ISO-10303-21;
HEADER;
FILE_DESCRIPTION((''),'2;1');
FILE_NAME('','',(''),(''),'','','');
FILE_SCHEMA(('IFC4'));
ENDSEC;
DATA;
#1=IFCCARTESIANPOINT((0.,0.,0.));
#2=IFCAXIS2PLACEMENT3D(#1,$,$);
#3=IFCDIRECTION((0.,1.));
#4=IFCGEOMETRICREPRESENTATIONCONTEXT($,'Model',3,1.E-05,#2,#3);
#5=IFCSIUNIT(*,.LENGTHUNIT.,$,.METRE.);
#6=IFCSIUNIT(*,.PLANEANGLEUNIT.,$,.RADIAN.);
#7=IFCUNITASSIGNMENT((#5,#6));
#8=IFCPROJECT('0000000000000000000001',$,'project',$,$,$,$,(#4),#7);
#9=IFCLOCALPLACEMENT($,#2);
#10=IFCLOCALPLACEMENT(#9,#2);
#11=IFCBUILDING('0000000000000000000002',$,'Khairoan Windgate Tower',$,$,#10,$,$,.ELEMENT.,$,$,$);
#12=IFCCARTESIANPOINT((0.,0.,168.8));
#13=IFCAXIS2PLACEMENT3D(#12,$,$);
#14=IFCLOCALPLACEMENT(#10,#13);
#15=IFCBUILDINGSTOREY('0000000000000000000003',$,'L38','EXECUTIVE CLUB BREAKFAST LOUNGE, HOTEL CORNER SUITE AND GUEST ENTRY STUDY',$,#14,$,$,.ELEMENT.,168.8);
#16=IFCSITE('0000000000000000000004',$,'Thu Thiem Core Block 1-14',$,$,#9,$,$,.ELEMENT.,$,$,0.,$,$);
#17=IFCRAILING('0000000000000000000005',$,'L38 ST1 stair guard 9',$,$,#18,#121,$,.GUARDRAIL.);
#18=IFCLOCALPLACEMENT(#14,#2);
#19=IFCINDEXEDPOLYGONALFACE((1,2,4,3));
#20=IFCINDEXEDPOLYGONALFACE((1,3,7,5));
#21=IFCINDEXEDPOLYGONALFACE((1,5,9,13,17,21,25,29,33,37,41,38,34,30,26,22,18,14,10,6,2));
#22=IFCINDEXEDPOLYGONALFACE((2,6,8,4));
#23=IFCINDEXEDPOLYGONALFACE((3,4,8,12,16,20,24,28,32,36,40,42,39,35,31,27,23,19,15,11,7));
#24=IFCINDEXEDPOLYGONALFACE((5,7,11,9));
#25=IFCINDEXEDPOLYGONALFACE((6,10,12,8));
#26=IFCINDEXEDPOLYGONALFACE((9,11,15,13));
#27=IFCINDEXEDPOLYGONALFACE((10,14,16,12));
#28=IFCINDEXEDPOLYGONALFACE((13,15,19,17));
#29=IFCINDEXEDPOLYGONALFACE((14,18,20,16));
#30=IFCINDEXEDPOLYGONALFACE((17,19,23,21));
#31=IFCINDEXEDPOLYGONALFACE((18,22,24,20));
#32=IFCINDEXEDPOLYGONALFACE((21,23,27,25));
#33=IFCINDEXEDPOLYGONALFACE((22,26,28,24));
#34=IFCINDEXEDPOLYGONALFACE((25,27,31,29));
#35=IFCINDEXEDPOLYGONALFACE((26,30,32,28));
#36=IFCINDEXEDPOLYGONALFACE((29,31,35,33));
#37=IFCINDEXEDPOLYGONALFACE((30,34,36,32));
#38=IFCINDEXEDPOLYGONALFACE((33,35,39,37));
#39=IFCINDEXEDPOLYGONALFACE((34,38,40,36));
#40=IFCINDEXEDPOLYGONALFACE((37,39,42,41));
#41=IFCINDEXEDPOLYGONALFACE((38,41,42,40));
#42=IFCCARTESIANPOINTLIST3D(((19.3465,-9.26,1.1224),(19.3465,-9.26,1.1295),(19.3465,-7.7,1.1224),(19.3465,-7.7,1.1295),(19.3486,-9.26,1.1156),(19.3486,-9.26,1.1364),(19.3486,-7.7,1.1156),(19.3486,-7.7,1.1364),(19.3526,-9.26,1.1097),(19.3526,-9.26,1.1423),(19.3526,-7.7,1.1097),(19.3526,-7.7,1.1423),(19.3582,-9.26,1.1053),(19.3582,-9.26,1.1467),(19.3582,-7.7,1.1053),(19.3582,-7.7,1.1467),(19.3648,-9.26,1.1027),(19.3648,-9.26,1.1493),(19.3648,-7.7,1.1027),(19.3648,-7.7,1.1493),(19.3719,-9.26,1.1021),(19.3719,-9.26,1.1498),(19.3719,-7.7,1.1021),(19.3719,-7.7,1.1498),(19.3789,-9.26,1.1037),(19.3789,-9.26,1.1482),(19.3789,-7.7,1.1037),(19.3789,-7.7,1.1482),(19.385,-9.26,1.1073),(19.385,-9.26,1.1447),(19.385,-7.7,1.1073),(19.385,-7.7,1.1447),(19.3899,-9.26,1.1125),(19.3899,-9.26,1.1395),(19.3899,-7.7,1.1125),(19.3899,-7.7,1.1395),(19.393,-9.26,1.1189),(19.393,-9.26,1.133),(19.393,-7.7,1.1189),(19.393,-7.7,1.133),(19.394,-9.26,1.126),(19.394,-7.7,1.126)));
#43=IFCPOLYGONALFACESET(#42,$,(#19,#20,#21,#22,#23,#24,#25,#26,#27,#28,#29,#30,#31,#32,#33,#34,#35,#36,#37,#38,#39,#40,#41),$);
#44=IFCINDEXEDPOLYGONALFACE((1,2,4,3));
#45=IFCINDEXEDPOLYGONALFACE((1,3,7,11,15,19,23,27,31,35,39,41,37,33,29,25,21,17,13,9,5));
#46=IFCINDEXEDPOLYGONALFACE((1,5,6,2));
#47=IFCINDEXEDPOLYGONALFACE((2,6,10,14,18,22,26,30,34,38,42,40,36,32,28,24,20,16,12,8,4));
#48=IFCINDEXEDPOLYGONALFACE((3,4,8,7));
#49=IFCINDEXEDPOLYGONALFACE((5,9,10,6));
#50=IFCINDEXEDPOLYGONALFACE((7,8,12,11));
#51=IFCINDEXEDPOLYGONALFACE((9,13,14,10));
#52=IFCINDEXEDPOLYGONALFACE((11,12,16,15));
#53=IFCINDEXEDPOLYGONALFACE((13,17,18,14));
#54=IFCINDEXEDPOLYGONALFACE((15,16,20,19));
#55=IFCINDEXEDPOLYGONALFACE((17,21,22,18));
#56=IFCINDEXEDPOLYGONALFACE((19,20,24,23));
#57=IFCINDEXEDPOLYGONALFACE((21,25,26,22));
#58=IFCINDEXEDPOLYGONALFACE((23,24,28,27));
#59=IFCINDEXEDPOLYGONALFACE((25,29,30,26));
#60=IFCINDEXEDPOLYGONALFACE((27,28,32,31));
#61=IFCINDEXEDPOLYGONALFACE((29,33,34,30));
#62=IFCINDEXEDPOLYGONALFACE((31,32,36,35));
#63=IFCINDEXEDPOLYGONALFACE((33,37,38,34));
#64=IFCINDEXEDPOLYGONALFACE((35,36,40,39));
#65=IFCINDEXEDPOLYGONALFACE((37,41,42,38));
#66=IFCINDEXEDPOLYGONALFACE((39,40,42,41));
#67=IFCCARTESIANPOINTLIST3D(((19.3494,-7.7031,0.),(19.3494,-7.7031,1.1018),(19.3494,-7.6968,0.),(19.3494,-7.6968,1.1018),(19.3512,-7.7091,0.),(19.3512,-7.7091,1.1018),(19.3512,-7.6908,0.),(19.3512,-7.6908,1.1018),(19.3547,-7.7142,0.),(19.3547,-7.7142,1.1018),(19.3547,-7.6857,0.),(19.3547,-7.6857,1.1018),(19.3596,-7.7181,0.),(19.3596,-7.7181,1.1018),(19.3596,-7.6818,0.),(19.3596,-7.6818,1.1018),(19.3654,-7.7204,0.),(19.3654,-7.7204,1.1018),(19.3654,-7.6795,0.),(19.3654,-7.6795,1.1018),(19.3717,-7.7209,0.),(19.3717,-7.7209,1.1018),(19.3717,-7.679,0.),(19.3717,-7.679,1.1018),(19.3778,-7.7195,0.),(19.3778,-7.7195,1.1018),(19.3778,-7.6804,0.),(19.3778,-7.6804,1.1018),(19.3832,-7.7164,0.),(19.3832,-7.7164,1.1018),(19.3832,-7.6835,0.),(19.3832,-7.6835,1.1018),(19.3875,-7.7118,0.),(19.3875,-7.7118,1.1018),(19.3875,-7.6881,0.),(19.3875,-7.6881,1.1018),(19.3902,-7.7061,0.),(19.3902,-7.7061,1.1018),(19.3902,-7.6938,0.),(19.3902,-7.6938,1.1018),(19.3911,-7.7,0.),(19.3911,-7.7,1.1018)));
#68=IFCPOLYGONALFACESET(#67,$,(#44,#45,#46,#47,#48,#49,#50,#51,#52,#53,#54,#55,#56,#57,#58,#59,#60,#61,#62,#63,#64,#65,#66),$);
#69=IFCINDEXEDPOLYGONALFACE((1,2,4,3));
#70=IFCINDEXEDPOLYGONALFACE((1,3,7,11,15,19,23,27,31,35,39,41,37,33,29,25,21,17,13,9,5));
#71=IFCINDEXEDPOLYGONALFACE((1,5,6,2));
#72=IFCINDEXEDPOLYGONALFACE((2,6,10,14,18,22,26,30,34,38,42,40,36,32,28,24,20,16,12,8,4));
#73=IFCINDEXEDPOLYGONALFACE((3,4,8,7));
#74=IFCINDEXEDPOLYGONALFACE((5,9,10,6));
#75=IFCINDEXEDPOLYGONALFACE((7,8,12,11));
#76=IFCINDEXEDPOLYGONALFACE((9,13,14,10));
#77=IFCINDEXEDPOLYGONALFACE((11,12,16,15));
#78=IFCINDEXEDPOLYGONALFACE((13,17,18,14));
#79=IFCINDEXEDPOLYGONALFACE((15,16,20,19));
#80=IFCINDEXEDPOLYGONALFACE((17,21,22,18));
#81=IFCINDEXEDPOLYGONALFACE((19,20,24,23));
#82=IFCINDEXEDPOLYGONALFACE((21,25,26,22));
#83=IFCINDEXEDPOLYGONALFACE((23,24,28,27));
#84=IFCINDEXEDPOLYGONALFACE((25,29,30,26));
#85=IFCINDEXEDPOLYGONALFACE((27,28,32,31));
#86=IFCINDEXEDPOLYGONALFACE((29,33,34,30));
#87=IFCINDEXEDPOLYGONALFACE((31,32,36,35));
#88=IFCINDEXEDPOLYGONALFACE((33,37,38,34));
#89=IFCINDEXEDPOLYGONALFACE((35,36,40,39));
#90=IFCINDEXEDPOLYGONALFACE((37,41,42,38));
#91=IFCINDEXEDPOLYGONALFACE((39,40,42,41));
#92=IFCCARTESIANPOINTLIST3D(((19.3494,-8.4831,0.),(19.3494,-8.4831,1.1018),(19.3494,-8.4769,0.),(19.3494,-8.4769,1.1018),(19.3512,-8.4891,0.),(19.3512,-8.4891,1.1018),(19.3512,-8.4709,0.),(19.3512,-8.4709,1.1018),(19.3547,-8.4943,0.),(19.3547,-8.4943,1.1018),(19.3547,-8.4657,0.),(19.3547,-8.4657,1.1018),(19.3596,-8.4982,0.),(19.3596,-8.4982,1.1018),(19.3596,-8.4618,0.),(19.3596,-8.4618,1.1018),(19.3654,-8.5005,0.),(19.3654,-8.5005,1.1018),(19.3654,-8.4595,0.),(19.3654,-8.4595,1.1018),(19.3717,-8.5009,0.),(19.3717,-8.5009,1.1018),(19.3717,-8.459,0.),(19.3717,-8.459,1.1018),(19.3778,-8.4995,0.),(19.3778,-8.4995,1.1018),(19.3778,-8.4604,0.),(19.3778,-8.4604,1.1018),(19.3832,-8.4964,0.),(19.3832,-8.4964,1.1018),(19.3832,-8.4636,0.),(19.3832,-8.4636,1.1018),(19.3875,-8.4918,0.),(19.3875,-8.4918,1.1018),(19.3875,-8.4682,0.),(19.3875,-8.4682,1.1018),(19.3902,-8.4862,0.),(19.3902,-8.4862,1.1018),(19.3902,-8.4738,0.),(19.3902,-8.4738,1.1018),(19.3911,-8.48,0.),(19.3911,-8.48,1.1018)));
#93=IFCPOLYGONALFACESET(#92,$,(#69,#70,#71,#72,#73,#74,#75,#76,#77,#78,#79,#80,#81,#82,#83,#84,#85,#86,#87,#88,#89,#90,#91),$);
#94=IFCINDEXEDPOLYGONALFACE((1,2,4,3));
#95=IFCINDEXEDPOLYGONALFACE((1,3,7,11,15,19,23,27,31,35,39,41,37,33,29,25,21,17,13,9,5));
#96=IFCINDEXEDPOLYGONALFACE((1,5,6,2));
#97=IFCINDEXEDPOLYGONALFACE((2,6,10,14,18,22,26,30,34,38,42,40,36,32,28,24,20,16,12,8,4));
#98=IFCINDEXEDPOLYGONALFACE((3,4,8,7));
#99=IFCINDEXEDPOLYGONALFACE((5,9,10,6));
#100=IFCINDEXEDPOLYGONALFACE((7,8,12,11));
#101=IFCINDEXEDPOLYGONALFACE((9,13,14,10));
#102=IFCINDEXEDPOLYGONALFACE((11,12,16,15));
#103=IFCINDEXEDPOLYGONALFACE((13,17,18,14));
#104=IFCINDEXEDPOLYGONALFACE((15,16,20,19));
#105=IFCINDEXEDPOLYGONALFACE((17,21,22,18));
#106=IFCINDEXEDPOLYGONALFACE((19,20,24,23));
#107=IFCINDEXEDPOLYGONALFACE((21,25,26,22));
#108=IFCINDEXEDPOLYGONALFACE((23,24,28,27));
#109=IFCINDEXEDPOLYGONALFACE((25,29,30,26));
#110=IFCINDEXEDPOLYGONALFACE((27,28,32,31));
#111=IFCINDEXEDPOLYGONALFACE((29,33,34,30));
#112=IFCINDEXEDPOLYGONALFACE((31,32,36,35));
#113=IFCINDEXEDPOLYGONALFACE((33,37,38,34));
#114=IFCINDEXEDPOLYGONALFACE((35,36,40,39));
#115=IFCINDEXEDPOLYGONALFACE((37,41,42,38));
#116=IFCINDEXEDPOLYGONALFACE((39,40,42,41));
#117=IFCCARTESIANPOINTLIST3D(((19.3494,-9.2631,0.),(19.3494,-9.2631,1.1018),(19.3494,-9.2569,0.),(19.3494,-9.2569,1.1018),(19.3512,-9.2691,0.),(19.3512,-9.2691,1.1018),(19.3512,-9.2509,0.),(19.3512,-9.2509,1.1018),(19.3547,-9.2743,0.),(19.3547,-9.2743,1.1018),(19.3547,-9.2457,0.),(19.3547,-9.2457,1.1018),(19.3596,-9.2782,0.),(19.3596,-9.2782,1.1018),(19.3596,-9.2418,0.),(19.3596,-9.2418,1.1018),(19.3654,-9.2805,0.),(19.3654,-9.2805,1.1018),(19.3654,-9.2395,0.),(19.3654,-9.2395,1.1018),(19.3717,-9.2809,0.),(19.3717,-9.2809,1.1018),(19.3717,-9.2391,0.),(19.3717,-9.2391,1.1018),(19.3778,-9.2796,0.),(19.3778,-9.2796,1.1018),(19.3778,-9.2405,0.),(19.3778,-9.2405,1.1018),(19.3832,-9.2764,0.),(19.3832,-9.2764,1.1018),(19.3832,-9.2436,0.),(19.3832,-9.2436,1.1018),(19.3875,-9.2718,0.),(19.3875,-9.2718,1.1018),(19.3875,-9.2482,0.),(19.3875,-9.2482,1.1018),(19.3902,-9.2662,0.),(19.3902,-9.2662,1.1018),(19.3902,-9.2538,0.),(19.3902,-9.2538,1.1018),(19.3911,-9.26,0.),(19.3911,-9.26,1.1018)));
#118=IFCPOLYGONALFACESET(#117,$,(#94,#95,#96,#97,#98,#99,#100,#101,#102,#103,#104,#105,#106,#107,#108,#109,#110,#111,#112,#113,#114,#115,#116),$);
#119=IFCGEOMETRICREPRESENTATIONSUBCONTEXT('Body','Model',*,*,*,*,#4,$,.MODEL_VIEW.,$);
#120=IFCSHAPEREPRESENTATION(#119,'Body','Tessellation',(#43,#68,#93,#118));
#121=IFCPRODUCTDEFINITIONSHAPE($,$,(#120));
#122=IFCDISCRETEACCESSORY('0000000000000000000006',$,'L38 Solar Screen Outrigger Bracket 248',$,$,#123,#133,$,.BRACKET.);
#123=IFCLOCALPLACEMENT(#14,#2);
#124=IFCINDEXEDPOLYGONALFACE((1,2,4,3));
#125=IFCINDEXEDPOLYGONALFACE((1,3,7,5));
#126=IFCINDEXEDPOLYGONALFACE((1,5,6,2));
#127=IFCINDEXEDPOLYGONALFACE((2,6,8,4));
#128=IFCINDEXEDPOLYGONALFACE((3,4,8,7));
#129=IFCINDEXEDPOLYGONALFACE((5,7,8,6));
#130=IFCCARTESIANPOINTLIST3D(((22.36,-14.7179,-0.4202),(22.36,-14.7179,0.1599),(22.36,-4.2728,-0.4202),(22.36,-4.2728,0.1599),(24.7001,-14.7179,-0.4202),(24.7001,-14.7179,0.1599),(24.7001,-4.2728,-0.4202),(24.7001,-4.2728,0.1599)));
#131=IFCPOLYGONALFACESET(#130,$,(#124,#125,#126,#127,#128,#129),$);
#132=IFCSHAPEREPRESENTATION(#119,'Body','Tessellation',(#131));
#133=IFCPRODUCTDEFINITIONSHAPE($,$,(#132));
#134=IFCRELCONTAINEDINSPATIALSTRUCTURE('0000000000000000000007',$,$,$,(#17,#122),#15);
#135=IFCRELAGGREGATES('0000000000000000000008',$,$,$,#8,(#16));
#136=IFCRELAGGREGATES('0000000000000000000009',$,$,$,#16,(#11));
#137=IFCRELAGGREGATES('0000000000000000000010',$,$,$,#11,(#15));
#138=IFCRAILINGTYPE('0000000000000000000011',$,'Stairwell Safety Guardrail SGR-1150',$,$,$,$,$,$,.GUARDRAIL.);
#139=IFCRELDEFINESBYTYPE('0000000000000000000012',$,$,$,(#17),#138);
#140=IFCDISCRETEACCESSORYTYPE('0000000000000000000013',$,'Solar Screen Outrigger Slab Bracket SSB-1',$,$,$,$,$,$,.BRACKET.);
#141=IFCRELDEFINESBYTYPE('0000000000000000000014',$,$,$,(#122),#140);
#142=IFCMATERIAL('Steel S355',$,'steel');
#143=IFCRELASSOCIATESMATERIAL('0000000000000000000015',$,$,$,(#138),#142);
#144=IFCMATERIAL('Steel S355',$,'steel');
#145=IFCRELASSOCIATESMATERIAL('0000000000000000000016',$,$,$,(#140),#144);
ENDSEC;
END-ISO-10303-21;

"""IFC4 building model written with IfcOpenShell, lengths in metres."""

from ifc_helpers import new_model, si_unit, direction, frame, origin, origin_2d, place, context, subcontext, project, spatial, rectangle, circle, extrude, material, type_object, element, save


model = new_model("IFC4")

# Units and contexts
model_context = context("Model", 3, precision=1e-05, world=origin(), true_north=direction((0.0, 1.0)))
body_context = subcontext(model_context, "Body", "Model", "MODEL_VIEW")
ifc_project = project(units=[si_unit("LENGTHUNIT", "METRE"), si_unit("PLANEANGLEUNIT", "RADIAN")], contexts=[model_context])

# Site, building, storey
site_placement = place(None, origin())
site = spatial("IfcSite", under=ifc_project, at=site_placement, Name="Thu Thiem Core Block 1-14", CompositionType="ELEMENT", RefElevation=0.0)
building_placement = place(site_placement, origin())
building = spatial("IfcBuilding", under=site, at=building_placement, Name="Khairoan Windgate Tower", CompositionType="ELEMENT")
storey_placement = place(building_placement, frame((0.0, 0.0, 168.8)))
storey = spatial("IfcBuildingStorey", under=building, at=storey_placement, Name="L38", Description="EXECUTIVE CLUB BREAKFAST LOUNGE, HOTEL CORNER SUITE AND GUEST ENTRY STUDY", CompositionType="ELEMENT", Elevation=168.8)

# Railing
ifc_material_1 = material(Name="Steel S355", Category="steel")
railing_type_1 = type_object("IfcRailingType", Name="Stairwell Safety Guardrail SGR-1150", PredefinedType="GUARDRAIL", material=ifc_material_1)
for number, where, name in (
    (1, (19.3701, -7.7, 0.0), "L38 ST1 stair guard 9"),
):
    element("IfcRailing", number, at=place(storey_placement, frame(where)), inside=storey, type_object=railing_type_1, Name=name, PredefinedType="GUARDRAIL", context=body_context, shape_type="SweptSolid", body=[
        extrude(circle(Radius=0.0239, at=origin_2d()), frame((0.0, 0.0, 1.126), z_axis=(0.0, -1.0, 0.0), x_axis=(1.0, 0.0, 0.0)), (0.0, 0.0, 1.0), 1.5601),
        extrude(circle(Radius=0.021, at=origin_2d()), origin(), (0.0, 0.0, 1.0), 1.1018),
        extrude(circle(Radius=0.021, at=origin_2d()), frame((0.0, -0.78, 0.0)), (0.0, 0.0, 1.0), 1.1018),
        extrude(circle(Radius=0.021, at=origin_2d()), frame((0.0, -1.5601, 0.0)), (0.0, 0.0, 1.0), 1.1018),
    ])

# Discrete accessory
ifc_material_2 = material(Name="Steel S355", Category="steel")
discrete_accessory_type = type_object("IfcDiscreteAccessoryType", Name="Solar Screen Outrigger Slab Bracket SSB-1", PredefinedType="BRACKET", material=ifc_material_2)
discrete_accessory_placement = place(storey_placement, frame((23.53, -9.4954, -0.4202), z_axis=(0.0, 0.0, 1.0), x_axis=(0.0, -1.0, 0.0)))
element("IfcDiscreteAccessory", 2, at=discrete_accessory_placement, inside=storey, type_object=discrete_accessory_type, Name="L38 Solar Screen Outrigger Bracket 248", PredefinedType="BRACKET", context=body_context, shape_type="SweptSolid", body=[
    extrude(rectangle(XDim=10.4451, YDim=2.3401, at=origin_2d()), origin(), (0.0, 0.0, 1.0), 0.5801),
])

save(model, "model.ifc")
